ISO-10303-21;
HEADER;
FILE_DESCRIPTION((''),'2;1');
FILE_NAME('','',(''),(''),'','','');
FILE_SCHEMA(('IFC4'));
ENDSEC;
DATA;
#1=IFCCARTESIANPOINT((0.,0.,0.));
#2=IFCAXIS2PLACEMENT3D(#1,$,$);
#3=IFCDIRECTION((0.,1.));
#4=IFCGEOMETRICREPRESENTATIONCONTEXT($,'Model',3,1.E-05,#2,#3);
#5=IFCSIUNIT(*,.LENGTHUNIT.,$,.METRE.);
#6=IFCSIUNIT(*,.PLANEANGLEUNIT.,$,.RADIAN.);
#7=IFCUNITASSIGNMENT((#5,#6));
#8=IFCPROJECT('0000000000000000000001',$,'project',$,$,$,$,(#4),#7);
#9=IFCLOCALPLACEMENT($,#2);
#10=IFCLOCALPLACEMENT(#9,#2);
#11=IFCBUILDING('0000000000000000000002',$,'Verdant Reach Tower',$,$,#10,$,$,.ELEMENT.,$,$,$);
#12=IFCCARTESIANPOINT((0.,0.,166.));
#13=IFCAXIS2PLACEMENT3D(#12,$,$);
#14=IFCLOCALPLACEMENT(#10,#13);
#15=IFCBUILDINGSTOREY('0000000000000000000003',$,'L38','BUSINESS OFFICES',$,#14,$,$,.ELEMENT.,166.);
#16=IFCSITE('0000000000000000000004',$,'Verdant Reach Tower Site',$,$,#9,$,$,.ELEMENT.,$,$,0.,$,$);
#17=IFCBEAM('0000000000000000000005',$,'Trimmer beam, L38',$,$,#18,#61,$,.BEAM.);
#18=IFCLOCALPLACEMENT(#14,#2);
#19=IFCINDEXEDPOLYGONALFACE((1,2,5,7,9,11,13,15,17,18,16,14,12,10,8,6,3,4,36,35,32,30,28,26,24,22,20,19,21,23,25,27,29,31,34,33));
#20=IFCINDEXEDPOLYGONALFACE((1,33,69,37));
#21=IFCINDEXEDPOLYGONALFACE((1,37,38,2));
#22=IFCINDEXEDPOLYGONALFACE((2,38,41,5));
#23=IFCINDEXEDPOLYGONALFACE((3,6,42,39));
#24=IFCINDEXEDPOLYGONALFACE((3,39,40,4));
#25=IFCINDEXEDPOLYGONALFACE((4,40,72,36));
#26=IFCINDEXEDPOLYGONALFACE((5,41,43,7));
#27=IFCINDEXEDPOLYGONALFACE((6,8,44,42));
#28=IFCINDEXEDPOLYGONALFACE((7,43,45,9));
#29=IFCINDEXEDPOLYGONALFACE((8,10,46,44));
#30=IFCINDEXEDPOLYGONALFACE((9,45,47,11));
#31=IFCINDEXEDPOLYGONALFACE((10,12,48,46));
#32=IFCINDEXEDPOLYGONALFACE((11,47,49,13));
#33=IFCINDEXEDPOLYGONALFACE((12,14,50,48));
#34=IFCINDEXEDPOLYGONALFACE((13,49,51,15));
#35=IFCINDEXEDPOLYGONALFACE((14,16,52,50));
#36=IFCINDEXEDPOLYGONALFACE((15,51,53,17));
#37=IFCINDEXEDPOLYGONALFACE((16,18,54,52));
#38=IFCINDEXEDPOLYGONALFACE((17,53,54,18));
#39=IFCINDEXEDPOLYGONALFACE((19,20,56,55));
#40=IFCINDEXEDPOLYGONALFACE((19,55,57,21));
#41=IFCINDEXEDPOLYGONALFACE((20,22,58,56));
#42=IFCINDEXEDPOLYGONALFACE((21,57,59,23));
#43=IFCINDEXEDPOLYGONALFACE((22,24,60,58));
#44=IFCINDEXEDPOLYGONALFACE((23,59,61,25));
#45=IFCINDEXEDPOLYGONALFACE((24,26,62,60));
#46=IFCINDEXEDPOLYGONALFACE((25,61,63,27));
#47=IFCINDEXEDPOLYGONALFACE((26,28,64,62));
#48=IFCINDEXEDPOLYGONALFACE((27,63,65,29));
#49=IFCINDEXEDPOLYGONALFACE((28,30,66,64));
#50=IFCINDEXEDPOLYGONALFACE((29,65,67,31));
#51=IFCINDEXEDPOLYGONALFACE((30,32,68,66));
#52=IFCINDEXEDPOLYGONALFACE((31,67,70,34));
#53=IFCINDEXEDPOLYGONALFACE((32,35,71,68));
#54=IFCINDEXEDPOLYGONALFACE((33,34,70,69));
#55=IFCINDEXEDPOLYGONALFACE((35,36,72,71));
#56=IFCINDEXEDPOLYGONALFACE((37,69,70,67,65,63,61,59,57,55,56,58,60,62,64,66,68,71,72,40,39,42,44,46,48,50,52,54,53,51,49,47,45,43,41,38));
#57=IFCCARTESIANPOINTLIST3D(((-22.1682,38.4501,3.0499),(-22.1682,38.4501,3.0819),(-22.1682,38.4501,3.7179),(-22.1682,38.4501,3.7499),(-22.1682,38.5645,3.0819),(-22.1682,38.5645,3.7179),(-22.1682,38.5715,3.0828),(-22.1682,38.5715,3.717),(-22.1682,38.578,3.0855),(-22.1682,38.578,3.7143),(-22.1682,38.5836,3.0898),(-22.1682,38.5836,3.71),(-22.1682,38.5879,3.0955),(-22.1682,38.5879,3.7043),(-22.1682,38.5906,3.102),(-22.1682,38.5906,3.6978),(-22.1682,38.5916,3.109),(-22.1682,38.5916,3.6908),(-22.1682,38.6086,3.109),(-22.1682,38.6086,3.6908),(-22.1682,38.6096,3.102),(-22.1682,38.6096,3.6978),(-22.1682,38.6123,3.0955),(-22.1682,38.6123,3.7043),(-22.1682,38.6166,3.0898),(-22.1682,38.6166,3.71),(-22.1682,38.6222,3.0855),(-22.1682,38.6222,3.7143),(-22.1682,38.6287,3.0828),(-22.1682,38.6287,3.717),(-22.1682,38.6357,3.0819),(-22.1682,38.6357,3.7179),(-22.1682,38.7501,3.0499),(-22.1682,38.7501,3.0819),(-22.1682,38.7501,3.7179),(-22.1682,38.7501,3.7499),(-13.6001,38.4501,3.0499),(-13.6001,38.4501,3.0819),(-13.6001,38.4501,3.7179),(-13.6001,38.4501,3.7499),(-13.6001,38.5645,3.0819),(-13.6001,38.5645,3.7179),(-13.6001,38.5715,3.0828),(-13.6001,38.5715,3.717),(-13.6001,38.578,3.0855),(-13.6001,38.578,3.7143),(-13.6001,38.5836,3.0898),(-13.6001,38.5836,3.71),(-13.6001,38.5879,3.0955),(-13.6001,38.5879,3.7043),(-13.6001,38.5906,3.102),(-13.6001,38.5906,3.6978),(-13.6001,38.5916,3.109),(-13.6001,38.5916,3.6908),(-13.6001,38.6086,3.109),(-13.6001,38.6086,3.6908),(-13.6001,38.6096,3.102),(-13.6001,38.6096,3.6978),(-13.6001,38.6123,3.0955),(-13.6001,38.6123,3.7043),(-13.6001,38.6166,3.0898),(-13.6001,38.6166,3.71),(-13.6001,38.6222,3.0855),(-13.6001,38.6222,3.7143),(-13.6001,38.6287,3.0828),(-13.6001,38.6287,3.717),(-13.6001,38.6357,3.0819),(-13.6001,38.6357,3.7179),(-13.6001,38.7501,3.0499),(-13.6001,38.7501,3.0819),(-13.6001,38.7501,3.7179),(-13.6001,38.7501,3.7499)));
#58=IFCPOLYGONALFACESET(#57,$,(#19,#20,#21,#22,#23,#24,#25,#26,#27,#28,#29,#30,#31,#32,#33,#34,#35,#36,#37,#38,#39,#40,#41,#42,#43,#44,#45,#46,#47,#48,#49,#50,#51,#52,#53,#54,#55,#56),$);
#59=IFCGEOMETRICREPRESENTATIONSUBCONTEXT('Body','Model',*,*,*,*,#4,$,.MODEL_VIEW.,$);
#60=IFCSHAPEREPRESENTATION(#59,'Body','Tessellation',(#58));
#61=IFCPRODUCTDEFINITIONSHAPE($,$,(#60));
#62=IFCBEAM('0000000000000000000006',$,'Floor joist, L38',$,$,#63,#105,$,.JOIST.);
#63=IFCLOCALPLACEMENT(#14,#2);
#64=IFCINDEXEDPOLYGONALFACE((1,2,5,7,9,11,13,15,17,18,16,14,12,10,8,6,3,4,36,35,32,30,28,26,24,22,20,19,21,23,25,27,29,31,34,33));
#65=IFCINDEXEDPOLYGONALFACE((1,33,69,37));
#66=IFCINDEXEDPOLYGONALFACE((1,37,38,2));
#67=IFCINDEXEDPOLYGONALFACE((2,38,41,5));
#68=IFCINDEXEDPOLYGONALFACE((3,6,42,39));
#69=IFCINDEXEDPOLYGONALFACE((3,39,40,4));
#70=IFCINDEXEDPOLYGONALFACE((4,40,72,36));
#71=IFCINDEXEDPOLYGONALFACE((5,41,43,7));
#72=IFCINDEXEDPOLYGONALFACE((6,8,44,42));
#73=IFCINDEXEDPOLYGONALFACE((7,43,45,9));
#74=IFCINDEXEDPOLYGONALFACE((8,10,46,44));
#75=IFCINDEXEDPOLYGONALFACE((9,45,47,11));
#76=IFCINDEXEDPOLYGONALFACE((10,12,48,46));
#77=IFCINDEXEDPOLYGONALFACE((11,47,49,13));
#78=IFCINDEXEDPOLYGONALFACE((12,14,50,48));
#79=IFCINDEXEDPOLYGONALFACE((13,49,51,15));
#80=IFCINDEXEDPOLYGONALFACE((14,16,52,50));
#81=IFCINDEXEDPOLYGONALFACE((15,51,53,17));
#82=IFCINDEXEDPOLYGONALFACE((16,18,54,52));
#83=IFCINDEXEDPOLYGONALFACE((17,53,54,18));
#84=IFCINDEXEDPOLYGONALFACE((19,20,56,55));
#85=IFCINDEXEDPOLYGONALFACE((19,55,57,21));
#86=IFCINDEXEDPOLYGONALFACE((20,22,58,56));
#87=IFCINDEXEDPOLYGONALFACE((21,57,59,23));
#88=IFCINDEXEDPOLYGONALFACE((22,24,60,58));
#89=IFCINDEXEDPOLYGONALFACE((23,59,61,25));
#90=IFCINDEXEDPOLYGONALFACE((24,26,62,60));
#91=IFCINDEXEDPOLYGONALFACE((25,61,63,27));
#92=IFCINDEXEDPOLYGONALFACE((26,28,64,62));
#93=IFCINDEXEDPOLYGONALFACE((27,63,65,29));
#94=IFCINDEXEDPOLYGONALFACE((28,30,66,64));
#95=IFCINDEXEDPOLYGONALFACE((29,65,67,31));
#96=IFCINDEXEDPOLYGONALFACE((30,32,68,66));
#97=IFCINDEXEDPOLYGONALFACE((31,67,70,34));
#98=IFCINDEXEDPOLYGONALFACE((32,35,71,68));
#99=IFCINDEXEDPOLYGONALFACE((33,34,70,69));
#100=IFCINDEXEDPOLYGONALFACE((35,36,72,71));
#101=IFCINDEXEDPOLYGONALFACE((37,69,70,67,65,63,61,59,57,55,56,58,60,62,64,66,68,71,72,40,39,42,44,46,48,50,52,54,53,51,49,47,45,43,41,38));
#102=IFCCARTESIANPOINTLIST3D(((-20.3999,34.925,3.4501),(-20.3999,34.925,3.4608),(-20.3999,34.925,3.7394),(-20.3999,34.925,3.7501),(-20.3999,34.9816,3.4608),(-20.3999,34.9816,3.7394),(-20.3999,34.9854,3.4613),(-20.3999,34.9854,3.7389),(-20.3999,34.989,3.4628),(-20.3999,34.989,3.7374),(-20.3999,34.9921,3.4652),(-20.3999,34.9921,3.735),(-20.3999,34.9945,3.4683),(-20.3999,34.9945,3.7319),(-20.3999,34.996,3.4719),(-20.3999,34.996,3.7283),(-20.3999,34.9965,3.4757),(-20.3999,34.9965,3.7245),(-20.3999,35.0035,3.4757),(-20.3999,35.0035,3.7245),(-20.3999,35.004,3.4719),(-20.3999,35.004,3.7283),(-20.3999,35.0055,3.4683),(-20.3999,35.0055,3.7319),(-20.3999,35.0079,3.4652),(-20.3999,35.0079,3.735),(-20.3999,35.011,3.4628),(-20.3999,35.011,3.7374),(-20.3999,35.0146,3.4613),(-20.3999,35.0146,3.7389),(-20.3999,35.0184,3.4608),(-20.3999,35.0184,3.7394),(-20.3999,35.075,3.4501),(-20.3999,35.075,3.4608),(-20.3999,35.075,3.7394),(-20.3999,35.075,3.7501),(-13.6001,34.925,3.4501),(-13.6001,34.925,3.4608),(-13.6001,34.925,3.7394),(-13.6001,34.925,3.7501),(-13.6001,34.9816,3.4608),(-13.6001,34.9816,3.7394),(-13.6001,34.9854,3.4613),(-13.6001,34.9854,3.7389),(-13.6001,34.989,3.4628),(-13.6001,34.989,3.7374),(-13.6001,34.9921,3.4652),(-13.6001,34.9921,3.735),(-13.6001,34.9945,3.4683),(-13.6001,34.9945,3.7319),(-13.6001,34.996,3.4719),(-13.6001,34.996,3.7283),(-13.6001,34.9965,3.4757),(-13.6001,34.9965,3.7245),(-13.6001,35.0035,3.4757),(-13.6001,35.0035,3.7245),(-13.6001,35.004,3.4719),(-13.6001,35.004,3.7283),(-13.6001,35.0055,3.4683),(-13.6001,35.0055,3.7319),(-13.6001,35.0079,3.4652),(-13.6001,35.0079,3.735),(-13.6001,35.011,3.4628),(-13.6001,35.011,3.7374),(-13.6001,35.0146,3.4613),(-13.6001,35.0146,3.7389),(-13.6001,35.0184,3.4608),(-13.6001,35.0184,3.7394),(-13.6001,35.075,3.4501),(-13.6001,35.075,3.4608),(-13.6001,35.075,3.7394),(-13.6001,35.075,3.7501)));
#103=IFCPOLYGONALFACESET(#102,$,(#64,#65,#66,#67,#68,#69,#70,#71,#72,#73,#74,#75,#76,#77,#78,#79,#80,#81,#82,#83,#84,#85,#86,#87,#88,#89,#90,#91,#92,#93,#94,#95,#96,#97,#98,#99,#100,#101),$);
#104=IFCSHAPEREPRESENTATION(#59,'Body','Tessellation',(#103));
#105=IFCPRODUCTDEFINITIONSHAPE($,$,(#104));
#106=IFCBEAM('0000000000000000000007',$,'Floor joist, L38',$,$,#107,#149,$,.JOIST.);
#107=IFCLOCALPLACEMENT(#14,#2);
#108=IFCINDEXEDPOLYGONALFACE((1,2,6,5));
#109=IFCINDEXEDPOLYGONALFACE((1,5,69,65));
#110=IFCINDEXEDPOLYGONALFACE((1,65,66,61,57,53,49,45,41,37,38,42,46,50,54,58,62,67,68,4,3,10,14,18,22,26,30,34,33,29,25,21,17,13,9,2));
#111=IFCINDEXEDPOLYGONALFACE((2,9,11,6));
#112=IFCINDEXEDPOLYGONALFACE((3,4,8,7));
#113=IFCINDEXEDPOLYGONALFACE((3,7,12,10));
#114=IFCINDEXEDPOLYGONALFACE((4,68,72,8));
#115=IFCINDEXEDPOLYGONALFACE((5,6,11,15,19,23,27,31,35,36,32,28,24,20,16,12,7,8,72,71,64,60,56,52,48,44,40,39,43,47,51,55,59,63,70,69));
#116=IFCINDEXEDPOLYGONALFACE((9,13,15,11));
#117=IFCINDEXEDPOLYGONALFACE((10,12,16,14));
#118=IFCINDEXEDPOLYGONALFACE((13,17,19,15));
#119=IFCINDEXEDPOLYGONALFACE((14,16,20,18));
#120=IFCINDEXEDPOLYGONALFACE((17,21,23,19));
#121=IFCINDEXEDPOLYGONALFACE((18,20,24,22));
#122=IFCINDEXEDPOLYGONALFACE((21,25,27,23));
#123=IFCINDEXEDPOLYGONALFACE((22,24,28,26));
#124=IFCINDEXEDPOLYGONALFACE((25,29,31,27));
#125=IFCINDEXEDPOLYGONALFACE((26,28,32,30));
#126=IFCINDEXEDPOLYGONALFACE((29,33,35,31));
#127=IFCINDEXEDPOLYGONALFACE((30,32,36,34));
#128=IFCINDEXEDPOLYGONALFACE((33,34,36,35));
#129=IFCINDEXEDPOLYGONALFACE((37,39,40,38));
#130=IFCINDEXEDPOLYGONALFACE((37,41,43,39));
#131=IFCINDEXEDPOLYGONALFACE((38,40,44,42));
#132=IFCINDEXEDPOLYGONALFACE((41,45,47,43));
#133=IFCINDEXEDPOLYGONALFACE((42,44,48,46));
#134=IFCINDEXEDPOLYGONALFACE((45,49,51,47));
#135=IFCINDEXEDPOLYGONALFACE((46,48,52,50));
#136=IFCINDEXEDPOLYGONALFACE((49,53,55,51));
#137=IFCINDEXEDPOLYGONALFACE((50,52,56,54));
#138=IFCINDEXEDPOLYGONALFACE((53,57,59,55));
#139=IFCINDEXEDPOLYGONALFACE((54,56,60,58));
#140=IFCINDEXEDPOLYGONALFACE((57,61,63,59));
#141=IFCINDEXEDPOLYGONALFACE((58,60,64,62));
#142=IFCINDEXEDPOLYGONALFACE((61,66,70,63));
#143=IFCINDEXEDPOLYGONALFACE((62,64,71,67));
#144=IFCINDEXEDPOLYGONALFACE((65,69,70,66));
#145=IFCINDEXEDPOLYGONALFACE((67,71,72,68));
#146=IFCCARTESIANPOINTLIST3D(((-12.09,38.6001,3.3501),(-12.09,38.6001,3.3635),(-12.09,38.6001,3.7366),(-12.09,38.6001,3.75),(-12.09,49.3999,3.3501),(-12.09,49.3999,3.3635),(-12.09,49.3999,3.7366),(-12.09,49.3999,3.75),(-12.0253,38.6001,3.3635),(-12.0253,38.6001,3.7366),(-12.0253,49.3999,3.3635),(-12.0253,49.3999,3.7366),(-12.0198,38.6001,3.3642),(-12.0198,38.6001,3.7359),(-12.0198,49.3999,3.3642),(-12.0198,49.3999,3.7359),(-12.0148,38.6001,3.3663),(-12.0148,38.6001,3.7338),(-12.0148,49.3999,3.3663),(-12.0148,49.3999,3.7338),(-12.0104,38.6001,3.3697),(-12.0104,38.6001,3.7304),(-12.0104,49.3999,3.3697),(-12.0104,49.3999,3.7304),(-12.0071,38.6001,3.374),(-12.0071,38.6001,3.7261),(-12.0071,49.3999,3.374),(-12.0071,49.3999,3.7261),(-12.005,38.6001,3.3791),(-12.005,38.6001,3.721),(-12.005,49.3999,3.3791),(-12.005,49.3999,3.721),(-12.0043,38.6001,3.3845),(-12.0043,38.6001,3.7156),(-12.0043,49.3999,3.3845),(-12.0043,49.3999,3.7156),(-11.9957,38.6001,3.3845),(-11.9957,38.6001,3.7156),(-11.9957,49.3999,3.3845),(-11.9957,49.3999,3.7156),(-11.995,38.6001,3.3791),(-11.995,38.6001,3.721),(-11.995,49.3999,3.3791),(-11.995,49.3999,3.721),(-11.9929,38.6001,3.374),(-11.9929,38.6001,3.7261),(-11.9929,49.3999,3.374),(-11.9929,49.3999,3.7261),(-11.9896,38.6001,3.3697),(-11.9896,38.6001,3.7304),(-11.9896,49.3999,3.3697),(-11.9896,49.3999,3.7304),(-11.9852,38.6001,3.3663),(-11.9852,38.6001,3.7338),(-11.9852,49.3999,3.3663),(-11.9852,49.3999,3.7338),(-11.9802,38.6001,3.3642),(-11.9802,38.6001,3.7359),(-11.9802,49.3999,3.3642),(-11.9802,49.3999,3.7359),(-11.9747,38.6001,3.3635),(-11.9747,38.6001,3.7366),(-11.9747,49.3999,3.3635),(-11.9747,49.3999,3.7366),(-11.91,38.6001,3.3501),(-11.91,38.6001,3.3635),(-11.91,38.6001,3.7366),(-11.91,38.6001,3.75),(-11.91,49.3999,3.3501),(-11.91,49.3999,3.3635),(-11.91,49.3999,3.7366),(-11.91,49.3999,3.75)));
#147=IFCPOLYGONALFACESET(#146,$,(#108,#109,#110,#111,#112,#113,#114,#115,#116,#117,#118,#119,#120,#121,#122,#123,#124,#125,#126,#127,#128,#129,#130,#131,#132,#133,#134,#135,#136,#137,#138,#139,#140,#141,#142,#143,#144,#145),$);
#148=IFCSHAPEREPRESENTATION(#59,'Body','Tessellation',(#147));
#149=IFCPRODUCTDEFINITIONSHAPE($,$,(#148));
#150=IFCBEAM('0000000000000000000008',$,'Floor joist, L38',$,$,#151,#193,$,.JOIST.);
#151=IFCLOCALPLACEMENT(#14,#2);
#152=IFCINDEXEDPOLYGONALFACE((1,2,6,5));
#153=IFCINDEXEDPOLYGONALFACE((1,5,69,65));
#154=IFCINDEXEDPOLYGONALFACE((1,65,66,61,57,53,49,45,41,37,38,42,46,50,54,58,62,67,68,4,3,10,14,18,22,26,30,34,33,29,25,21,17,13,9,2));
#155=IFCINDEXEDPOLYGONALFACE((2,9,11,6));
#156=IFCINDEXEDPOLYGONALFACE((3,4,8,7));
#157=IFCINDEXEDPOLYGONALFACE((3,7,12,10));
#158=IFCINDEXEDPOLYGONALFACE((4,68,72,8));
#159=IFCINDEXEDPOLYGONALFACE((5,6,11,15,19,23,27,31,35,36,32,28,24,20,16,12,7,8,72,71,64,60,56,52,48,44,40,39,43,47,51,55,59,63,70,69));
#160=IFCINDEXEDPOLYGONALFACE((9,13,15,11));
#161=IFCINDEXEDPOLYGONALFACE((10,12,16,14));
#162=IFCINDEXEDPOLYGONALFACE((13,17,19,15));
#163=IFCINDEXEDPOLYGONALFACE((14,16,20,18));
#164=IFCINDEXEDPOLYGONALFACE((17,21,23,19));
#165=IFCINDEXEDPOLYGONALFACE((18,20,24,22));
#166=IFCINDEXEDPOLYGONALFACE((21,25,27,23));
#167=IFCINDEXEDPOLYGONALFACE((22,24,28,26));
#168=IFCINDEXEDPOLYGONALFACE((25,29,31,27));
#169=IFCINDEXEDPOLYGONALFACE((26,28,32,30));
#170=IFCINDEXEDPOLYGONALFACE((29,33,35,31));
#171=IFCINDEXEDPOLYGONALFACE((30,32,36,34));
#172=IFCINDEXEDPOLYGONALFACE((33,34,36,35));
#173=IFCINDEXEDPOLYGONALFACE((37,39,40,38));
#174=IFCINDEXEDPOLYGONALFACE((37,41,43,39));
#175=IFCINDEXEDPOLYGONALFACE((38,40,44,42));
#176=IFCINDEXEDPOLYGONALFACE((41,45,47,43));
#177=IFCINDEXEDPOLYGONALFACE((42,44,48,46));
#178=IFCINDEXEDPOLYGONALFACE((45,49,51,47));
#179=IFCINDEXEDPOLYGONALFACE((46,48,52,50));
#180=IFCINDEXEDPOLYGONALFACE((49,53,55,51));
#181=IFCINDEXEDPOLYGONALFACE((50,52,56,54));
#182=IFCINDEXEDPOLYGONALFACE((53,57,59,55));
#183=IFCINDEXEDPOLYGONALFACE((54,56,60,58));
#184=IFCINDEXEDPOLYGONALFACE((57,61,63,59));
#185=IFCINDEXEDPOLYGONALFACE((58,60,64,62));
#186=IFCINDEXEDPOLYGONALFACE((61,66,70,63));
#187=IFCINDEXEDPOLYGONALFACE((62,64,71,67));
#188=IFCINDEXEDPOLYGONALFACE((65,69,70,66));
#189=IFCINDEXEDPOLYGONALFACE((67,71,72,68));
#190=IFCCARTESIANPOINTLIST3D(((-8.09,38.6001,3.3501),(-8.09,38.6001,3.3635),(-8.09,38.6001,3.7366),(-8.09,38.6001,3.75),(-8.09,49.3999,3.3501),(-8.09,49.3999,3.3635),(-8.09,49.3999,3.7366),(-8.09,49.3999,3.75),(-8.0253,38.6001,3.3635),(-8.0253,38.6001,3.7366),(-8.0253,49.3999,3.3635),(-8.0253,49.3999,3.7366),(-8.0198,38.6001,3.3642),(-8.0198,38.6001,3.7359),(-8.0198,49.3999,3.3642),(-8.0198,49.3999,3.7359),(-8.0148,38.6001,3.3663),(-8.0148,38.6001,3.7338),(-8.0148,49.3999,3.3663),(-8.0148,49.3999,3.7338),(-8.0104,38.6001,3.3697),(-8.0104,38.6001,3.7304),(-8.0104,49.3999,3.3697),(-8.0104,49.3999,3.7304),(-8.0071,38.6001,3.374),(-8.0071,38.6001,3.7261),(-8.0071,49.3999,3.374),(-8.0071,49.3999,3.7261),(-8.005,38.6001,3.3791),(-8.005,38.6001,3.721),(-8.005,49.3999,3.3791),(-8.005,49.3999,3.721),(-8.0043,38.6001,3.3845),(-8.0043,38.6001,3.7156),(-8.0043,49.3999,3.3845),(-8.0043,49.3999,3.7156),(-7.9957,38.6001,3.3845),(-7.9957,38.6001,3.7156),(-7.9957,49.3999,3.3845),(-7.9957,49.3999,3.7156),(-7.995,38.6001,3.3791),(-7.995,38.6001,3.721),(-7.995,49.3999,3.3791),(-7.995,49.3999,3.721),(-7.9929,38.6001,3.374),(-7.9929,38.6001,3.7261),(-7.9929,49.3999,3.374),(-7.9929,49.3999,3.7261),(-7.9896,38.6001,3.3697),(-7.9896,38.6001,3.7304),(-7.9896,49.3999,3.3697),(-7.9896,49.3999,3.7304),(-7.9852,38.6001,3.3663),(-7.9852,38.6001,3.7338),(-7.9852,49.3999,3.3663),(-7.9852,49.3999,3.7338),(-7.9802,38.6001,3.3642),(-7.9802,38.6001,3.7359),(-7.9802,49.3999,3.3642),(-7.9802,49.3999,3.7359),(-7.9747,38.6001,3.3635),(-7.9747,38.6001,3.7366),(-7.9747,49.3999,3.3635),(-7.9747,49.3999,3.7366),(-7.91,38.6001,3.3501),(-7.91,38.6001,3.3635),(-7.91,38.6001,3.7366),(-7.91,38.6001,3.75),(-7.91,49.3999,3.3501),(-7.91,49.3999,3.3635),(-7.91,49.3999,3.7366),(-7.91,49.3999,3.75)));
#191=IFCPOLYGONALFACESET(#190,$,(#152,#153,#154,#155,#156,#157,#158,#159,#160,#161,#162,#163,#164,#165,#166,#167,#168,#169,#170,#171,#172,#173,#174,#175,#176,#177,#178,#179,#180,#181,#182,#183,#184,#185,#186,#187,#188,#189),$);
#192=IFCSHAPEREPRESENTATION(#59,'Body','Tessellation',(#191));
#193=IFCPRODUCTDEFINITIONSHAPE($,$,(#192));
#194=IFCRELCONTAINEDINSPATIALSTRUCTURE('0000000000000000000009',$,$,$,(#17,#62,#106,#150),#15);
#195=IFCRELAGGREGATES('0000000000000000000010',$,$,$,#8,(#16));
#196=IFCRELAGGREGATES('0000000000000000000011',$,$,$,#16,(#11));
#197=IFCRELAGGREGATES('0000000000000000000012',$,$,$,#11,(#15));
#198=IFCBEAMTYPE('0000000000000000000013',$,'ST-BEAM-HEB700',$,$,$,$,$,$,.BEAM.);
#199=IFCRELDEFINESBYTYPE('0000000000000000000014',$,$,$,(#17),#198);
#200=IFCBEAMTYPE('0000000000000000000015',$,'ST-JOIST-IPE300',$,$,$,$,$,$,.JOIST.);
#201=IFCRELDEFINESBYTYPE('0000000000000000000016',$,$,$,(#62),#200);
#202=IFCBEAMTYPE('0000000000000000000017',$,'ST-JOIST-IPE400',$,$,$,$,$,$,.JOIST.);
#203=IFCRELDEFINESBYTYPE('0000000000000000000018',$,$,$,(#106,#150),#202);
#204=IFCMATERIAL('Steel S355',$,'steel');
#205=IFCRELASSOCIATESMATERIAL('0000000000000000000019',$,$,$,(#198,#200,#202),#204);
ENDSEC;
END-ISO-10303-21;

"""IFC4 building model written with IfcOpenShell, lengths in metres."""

from ifc_helpers import new_model, si_unit, direction, frame, origin, origin_2d, place, context, subcontext, project, spatial, i_section, extrude, material, material_profile, profile_set, type_object, element, save


model = new_model("IFC4")

# Units and contexts
model_context = context("Model", 3, precision=1e-05, world=origin(), true_north=direction((0.0, 1.0)))
body_context = subcontext(model_context, "Body", "Model", "MODEL_VIEW")
ifc_project = project(units=[si_unit("LENGTHUNIT", "METRE"), si_unit("PLANEANGLEUNIT", "RADIAN")], contexts=[model_context])

# Site, building, storey
site_placement = place(None, origin())
site = spatial("IfcSite", under=ifc_project, at=site_placement, Name="Verdant Reach Tower Site", CompositionType="ELEMENT", RefElevation=0.0)
building_placement = place(site_placement, origin())
building = spatial("IfcBuilding", under=site, at=building_placement, Name="Verdant Reach Tower", CompositionType="ELEMENT")
storey_placement = place(building_placement, frame((0.0, 0.0, 166.0)))
storey = spatial("IfcBuildingStorey", under=building, at=storey_placement, Name="L38", Description="BUSINESS OFFICES", CompositionType="ELEMENT", Elevation=166.0)

# Beams
ifc_material_1 = material(Name="Steel S355", Category="steel")
ifc_material_profile_1 = material_profile(ifc_material_1, i_section(OverallWidth=0.3, OverallDepth=0.7, WebThickness=0.0171, FlangeThickness=0.032, FilletRadius=0.0271, at=origin_2d()), Name="HEB 700")
ifc_profile_set_1 = profile_set([ifc_material_profile_1], Name="Steel S355")
beam_type_1 = type_object("IfcBeamType", Name="ST-BEAM-HEB700", PredefinedType="BEAM", material=ifc_profile_set_1)
beam_1_placement = place(storey_placement, frame((-13.6001, 38.6001, 3.3999), z_axis=(-1.0, 0.0, 0.0), x_axis=(0.0, -1.0, 0.0)))
element("IfcBeam", 1, at=beam_1_placement, inside=storey, type_object=beam_type_1, Name="Trimmer beam, L38", PredefinedType="BEAM", context=body_context, shape_type="SweptSolid", body=[
    extrude(i_section(OverallWidth=0.3, OverallDepth=0.7, WebThickness=0.0171, FlangeThickness=0.032, FilletRadius=0.0271, at=origin_2d()), origin(), (0.0, 0.0, 1.0), 8.5681),
])
ifc_material_profile_2 = material_profile(ifc_material_1, i_section(OverallWidth=0.1499, OverallDepth=0.3, WebThickness=0.0071, FlangeThickness=0.0107, FilletRadius=0.0149, at=origin_2d()), Name="IPE 300")
ifc_profile_set_2 = profile_set([ifc_material_profile_2], Name="Steel S355")
beam_type_2 = type_object("IfcBeamType", Name="ST-JOIST-IPE300", PredefinedType="JOIST", material=ifc_profile_set_2)
beam_2_placement = place(storey_placement, frame((-13.6001, 35.0, 3.6001), z_axis=(-1.0, 0.0, 0.0), x_axis=(0.0, -1.0, 0.0)))
element("IfcBeam", 2, at=beam_2_placement, inside=storey, type_object=beam_type_2, Name="Floor joist, L38", PredefinedType="JOIST", context=body_context, shape_type="SweptSolid", body=[
    extrude(i_section(OverallWidth=0.1499, OverallDepth=0.3, WebThickness=0.0071, FlangeThickness=0.0107, FilletRadius=0.0149, at=origin_2d()), origin(), (0.0, 0.0, 1.0), 6.7998),
])
ifc_material_profile_3 = material_profile(ifc_material_1, i_section(OverallWidth=0.1799, OverallDepth=0.3999, WebThickness=0.0085, FlangeThickness=0.0134, FilletRadius=0.021, at=origin_2d()), Name="IPE 400")
ifc_profile_set_3 = profile_set([ifc_material_profile_3], Name="Steel S355")
beam_type_3 = type_object("IfcBeamType", Name="ST-JOIST-IPE400", PredefinedType="JOIST", material=ifc_profile_set_3)
for number, where, z_axis, x_axis, name in (
    (3, (-12.0, 38.6001, 3.55), (0.0, 1.0, 0.0), (-1.0, 0.0, 0.0), "Floor joist, L38"),
    (4, (-8.0, 38.6001, 3.55), (0.0, 1.0, 0.0), (-1.0, 0.0, 0.0), "Floor joist, L38"),
):
    element("IfcBeam", number, at=place(storey_placement, frame(where, z_axis=z_axis, x_axis=x_axis)), inside=storey, type_object=beam_type_3, Name=name, PredefinedType="JOIST", context=body_context, shape_type="SweptSolid", body=[
        extrude(i_section(OverallWidth=0.1799, OverallDepth=0.3999, WebThickness=0.0085, FlangeThickness=0.0134, FilletRadius=0.021, at=origin_2d()), origin(), (0.0, 0.0, 1.0), 10.7998),
    ])

save(model, "model.ifc")
